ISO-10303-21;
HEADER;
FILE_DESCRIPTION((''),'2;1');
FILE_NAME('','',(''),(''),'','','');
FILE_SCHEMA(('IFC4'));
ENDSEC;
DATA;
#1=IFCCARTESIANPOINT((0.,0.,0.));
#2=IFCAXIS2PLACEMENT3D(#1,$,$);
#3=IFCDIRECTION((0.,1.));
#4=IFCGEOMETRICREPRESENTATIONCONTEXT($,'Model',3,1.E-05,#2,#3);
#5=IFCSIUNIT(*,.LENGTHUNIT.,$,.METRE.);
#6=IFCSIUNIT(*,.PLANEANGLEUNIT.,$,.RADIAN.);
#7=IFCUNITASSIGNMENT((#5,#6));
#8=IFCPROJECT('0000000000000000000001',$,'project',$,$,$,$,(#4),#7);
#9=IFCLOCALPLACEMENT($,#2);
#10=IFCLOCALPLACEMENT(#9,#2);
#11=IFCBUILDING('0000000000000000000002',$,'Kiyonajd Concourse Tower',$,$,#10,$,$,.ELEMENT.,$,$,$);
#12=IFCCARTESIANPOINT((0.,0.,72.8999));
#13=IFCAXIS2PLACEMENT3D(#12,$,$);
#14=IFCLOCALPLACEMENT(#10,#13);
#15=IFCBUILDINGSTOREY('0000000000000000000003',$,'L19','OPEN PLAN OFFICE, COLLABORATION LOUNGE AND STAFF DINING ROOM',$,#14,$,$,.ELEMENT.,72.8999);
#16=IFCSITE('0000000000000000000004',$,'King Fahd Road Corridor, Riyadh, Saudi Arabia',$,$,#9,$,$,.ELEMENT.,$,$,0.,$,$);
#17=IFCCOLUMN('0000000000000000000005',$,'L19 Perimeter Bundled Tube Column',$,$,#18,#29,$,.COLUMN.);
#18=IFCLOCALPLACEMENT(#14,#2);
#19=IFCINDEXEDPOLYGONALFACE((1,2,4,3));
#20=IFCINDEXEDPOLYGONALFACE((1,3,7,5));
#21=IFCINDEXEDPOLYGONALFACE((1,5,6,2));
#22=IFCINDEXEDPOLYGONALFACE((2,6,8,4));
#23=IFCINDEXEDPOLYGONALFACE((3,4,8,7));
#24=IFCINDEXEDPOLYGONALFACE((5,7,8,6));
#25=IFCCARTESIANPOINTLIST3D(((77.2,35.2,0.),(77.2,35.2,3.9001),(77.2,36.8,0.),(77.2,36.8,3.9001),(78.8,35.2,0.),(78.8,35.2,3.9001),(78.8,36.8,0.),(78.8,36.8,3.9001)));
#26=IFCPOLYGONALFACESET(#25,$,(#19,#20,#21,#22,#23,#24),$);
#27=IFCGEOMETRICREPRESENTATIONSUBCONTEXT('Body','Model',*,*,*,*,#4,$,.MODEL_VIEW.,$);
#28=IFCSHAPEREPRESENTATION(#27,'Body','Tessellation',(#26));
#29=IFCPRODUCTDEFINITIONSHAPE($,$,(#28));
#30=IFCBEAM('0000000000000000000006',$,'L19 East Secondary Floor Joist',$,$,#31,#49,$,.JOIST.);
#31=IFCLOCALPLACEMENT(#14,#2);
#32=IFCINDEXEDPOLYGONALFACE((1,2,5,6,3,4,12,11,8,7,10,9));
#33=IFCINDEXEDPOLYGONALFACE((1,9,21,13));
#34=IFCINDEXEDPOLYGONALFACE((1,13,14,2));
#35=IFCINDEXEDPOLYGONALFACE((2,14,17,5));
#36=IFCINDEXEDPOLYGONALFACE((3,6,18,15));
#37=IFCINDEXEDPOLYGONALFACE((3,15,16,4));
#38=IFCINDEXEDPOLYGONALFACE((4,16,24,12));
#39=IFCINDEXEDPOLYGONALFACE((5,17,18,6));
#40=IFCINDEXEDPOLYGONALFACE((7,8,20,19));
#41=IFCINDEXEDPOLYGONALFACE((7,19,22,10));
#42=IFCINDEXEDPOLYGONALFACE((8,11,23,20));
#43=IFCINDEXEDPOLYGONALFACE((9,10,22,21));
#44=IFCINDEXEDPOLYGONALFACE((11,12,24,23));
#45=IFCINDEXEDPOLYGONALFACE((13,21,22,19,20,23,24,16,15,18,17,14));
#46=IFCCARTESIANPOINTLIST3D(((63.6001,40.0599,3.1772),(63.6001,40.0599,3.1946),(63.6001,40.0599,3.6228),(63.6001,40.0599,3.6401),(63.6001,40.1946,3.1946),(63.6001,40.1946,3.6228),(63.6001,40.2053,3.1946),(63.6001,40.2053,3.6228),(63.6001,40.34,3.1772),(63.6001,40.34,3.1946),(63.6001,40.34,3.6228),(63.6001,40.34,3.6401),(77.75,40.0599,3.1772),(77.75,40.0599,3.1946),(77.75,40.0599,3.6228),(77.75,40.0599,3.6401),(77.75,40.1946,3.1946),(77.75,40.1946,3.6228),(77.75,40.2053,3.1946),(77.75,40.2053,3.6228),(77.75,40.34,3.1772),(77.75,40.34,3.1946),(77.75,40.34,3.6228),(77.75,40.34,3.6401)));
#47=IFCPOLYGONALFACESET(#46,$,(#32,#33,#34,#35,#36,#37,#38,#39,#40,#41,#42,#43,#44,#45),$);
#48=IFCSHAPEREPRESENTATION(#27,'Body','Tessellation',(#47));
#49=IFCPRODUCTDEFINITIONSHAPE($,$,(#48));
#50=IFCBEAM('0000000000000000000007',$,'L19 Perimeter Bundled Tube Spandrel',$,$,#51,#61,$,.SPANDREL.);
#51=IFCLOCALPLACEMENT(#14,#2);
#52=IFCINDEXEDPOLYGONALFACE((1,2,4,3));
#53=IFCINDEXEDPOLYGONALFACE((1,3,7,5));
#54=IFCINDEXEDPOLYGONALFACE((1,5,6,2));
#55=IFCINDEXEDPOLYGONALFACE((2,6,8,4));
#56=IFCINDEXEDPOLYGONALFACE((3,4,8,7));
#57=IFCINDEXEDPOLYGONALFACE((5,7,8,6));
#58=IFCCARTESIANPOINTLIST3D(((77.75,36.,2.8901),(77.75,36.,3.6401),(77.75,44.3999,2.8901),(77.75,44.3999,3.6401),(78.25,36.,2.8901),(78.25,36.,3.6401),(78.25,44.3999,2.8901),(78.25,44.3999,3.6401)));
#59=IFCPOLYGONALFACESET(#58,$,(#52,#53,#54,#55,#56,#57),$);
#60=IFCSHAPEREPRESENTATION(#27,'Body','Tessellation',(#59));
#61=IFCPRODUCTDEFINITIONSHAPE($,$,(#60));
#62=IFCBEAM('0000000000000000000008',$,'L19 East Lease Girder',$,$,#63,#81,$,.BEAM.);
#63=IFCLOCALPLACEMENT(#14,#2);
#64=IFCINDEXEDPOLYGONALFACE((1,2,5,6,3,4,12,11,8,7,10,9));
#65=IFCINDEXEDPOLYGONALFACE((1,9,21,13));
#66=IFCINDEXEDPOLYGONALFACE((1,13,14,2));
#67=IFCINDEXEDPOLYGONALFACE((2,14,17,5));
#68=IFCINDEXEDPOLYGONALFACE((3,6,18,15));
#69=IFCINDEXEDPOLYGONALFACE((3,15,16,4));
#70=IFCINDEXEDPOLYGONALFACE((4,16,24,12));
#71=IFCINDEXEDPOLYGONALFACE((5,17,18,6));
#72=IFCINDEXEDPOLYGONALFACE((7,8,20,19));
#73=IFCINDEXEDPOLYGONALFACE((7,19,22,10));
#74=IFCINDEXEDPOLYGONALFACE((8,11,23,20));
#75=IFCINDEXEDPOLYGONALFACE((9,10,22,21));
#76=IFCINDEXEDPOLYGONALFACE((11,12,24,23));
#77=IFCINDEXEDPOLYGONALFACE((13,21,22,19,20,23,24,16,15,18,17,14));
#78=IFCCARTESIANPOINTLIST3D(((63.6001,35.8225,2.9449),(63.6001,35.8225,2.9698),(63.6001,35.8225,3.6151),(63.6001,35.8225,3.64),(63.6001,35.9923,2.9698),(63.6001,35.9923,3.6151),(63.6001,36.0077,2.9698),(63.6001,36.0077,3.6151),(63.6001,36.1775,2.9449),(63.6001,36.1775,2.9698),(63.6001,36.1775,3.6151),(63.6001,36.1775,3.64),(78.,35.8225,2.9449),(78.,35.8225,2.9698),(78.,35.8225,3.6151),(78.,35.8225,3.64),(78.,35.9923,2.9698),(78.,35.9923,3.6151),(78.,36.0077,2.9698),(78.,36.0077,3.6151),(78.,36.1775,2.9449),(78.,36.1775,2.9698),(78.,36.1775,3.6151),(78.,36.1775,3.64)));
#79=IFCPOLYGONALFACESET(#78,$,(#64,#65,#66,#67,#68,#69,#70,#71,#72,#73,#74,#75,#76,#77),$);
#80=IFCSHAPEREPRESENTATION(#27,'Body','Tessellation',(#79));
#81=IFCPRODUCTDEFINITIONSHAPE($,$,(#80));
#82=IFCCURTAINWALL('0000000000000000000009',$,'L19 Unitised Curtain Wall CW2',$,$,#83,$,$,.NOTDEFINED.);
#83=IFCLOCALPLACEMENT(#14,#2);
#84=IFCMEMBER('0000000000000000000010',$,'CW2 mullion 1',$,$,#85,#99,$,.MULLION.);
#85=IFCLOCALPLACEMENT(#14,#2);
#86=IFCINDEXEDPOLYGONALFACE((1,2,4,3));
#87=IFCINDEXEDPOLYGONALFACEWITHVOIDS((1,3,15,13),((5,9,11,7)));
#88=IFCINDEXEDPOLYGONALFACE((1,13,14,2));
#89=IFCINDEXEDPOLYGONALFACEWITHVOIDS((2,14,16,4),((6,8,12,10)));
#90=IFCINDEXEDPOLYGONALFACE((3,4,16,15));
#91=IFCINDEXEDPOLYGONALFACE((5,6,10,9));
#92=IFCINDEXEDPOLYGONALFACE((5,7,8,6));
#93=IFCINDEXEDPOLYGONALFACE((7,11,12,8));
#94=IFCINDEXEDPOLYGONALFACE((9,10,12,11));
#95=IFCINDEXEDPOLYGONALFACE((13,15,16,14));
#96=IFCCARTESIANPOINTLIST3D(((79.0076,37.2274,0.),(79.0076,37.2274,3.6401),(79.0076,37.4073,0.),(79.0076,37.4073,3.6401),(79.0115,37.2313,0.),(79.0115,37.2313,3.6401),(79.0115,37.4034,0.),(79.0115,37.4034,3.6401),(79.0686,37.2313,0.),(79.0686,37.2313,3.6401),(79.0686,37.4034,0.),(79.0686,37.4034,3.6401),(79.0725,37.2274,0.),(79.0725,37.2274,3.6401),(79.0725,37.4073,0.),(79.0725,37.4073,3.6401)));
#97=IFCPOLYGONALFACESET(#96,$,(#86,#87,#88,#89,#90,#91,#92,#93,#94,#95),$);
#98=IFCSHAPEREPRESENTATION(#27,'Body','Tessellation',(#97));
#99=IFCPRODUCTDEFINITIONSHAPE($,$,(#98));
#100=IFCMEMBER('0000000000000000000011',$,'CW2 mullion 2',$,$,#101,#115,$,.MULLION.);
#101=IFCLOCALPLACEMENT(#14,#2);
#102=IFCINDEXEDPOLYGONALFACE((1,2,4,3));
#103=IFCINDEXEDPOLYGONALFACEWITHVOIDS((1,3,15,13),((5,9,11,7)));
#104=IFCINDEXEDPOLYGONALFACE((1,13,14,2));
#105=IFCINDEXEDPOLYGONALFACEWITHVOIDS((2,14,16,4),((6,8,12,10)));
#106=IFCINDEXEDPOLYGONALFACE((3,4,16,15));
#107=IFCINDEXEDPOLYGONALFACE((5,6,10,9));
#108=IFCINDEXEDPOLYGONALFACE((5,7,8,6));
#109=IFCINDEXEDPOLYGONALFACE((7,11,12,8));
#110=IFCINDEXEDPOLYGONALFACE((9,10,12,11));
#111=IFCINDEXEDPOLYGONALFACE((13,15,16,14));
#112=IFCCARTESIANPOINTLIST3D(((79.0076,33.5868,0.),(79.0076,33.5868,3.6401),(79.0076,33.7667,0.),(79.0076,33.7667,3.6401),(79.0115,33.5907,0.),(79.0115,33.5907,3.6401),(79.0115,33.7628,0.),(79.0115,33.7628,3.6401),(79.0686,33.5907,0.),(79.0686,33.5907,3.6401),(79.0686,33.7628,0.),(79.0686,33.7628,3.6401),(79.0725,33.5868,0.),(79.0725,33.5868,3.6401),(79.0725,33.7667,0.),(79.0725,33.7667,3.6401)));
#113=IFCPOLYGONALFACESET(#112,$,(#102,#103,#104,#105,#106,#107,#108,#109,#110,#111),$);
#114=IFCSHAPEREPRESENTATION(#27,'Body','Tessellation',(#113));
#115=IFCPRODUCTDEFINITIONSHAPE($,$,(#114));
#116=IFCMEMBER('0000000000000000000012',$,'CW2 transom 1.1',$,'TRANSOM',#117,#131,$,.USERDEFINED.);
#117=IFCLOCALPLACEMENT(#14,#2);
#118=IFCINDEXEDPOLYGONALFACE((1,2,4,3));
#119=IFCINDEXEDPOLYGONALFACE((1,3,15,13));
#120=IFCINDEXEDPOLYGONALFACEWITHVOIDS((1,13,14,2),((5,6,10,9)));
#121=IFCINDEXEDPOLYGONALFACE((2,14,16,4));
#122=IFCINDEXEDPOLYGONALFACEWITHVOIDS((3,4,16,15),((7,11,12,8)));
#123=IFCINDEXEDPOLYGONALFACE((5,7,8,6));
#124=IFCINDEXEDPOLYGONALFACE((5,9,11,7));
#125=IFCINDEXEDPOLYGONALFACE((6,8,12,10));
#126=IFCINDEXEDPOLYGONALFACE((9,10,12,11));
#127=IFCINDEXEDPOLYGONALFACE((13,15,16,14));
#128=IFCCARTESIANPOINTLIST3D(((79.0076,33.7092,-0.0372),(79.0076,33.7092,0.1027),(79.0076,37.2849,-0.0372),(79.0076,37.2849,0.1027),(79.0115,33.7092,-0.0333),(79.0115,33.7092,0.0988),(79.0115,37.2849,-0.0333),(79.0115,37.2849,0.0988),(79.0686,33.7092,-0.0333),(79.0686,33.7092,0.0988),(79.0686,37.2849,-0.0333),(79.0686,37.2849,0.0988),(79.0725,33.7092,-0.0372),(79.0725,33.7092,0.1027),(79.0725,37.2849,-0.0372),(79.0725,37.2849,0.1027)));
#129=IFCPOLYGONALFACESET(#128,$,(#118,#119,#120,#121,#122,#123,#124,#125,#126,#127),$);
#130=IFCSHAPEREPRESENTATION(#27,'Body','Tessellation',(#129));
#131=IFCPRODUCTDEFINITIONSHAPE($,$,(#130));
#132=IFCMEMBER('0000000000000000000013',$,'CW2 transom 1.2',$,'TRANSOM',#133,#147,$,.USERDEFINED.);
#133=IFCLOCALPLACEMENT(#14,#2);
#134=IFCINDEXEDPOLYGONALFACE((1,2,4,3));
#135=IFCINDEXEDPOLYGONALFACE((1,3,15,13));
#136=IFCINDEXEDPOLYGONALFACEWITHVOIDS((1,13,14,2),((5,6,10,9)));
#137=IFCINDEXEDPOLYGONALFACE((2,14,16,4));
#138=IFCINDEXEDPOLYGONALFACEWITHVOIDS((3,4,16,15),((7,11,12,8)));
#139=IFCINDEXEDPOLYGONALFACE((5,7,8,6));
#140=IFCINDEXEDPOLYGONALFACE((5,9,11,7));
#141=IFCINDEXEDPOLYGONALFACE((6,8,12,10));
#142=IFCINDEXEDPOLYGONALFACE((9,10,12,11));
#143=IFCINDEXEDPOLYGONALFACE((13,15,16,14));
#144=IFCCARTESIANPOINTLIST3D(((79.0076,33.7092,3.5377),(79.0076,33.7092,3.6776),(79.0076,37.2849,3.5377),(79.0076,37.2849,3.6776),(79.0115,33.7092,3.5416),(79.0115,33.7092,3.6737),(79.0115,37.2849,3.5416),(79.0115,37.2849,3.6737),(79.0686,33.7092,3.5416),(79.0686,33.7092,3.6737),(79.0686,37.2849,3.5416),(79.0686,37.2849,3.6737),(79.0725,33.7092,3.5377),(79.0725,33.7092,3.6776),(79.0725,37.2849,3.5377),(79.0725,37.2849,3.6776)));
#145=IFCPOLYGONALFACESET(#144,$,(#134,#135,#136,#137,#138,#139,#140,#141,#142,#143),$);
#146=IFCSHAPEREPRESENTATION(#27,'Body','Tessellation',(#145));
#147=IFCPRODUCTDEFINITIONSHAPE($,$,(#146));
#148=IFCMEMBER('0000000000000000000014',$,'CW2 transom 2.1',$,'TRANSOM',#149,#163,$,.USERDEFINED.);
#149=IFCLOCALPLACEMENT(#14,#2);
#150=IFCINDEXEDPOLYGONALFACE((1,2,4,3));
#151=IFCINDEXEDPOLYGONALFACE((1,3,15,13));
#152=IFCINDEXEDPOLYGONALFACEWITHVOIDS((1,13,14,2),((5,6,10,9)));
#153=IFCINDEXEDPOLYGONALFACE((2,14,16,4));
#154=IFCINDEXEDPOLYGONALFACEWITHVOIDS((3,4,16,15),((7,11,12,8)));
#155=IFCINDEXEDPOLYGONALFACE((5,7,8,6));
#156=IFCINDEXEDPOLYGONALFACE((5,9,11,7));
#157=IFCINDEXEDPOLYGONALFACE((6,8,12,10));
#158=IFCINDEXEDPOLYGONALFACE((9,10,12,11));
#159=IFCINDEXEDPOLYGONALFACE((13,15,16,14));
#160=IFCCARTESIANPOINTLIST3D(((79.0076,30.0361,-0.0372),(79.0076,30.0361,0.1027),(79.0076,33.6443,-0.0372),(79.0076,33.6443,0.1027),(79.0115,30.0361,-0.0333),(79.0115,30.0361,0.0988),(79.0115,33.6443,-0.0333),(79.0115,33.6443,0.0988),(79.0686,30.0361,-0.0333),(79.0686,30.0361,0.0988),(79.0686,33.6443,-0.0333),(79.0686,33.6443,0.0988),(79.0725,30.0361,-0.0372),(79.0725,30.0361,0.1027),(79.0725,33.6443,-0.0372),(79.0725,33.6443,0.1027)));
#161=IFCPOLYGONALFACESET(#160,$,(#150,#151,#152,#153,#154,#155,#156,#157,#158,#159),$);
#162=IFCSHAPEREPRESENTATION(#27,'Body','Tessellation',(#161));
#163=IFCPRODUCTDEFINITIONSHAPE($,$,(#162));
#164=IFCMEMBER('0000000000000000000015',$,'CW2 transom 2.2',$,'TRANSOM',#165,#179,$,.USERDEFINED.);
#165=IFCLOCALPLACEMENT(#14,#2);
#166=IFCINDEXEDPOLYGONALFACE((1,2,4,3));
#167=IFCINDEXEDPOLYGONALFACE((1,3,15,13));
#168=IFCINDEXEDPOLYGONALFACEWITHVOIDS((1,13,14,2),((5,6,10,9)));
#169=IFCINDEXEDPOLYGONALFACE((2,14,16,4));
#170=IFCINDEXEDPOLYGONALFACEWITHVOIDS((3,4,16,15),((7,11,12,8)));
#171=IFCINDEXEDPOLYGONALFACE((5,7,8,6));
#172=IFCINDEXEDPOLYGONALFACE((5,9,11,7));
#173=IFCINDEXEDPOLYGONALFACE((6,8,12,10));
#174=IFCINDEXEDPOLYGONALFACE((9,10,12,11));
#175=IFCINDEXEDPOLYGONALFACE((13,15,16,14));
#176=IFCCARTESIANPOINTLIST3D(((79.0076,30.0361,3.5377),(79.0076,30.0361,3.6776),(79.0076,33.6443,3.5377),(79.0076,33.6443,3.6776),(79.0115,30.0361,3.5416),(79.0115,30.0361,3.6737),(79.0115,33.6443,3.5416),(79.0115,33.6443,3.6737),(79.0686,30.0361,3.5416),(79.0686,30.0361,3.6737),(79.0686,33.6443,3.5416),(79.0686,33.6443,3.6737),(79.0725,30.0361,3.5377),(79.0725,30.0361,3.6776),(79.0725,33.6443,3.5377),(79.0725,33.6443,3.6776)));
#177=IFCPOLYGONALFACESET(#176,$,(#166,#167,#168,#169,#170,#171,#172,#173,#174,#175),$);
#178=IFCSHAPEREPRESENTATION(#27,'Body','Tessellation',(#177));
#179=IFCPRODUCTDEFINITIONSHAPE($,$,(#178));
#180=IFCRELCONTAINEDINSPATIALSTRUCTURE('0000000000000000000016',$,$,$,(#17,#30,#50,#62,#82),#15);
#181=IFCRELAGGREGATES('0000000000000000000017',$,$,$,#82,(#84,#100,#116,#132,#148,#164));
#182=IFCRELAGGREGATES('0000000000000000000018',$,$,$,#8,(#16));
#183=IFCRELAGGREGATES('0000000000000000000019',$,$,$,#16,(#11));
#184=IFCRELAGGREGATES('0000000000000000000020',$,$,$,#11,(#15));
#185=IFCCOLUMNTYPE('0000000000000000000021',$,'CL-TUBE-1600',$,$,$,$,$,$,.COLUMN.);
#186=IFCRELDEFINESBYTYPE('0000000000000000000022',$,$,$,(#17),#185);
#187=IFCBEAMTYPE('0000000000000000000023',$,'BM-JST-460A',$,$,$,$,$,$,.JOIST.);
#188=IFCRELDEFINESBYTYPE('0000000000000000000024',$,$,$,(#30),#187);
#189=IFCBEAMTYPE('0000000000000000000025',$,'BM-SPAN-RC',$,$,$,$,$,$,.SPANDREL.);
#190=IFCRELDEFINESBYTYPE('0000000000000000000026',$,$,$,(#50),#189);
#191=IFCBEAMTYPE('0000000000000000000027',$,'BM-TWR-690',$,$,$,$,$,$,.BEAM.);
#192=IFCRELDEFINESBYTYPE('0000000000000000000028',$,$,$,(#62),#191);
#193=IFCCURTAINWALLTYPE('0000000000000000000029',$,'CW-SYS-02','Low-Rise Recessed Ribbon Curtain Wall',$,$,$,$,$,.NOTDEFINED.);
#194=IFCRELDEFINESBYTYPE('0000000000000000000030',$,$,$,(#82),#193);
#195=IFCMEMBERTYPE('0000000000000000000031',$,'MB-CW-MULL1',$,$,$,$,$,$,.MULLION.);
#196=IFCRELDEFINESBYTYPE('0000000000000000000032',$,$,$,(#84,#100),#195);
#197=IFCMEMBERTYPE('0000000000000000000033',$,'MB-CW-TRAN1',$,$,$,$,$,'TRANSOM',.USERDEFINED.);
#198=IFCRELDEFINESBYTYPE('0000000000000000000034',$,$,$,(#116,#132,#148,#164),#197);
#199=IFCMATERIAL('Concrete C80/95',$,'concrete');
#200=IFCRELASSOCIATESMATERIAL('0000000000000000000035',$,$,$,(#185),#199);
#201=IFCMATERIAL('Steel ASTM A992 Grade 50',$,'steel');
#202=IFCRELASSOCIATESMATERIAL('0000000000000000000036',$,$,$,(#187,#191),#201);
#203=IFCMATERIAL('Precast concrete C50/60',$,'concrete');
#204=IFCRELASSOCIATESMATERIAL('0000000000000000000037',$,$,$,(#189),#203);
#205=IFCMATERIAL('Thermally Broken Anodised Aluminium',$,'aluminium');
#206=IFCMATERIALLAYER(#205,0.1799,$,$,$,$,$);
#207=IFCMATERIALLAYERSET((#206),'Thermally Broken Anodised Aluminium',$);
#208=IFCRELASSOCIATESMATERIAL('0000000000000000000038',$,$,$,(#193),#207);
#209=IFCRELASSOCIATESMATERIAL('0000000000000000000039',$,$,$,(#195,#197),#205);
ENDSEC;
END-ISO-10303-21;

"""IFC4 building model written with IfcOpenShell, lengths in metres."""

from ifc_helpers import new_model, si_unit, direction, frame, origin, origin_2d, place, context, subcontext, project, spatial, rectangle, hollow_rectangle, i_section, extrude, material, layer, layer_set, material_profile, profile_set, type_object, element, aggregate, save


model = new_model("IFC4")

# Units and contexts
model_context = context("Model", 3, precision=1e-05, world=origin(), true_north=direction((0.0, 1.0)))
body_context = subcontext(model_context, "Body", "Model", "MODEL_VIEW")
ifc_project = project(units=[si_unit("LENGTHUNIT", "METRE"), si_unit("PLANEANGLEUNIT", "RADIAN")], contexts=[model_context])

# Site, building, storey
site_placement = place(None, origin())
site = spatial("IfcSite", under=ifc_project, at=site_placement, Name="King Fahd Road Corridor, Riyadh, Saudi Arabia", CompositionType="ELEMENT", RefElevation=0.0)
building_placement = place(site_placement, origin())
building = spatial("IfcBuilding", under=site, at=building_placement, Name="Kiyonajd Concourse Tower", CompositionType="ELEMENT")
storey_placement = place(building_placement, frame((0.0, 0.0, 72.8999)))
storey = spatial("IfcBuildingStorey", under=building, at=storey_placement, Name="L19", Description="OPEN PLAN OFFICE, COLLABORATION LOUNGE AND STAFF DINING ROOM", CompositionType="ELEMENT", Elevation=72.8999)

# Column
ifc_material_1 = material(Name="Concrete C80/95", Category="concrete")
ifc_material_profile_1 = material_profile(ifc_material_1, rectangle(XDim=1.6001, YDim=1.6001, at=origin_2d()), Name="RC-1600x1600")
ifc_profile_set_1 = profile_set([ifc_material_profile_1], Name="Concrete C80/95")
column_type = type_object("IfcColumnType", Name="CL-TUBE-1600", PredefinedType="COLUMN", material=ifc_profile_set_1)
column_placement = place(storey_placement, frame((78.0, 36.0, 0.0), z_axis=(0.0, 0.0, 1.0), x_axis=(1.0, 0.0, 0.0)))
element("IfcColumn", 1, at=column_placement, inside=storey, type_object=column_type, Name="L19 Perimeter Bundled Tube Column", PredefinedType="COLUMN", context=body_context, shape_type="SweptSolid", body=[
    extrude(rectangle(XDim=1.6001, YDim=1.6001, at=origin_2d()), origin(), (0.0, 0.0, 1.0), 3.9001),
])

# Beams
ifc_material_2 = material(Name="Steel ASTM A992 Grade 50", Category="steel")
ifc_material_profile_2 = material_profile(ifc_material_2, i_section(OverallWidth=0.28, OverallDepth=0.4629, WebThickness=0.0107, FlangeThickness=0.0173, at=origin_2d()), Name="W460X113")
ifc_profile_set_2 = profile_set([ifc_material_profile_2], Name="Steel ASTM A992 Grade 50")
beam_type_1 = type_object("IfcBeamType", Name="BM-JST-460A", PredefinedType="JOIST", material=ifc_profile_set_2)
beam_1_placement = place(storey_placement, frame((63.6001, 40.2, 3.4087), z_axis=(1.0, 0.0, 0.0), x_axis=(0.0, 1.0, 0.0)))
element("IfcBeam", 2, at=beam_1_placement, inside=storey, type_object=beam_type_1, Name="L19 East Secondary Floor Joist", PredefinedType="JOIST", context=body_context, shape_type="SweptSolid", body=[
    extrude(i_section(OverallWidth=0.28, OverallDepth=0.4629, WebThickness=0.0107, FlangeThickness=0.0173, at=origin_2d()), origin(), (0.0, 0.0, 1.0), 14.1499),
])
ifc_material_3 = material(Name="Precast concrete C50/60", Category="concrete")
ifc_material_profile_3 = material_profile(ifc_material_3, rectangle(XDim=0.5, YDim=0.75, at=origin_2d()), Name="RCBM-500x750")
ifc_profile_set_3 = profile_set([ifc_material_profile_3], Name="Precast concrete C50/60")
beam_type_2 = type_object("IfcBeamType", Name="BM-SPAN-RC", PredefinedType="SPANDREL", material=ifc_profile_set_3)
beam_2_placement = place(storey_placement, frame((78.0, 36.0, 3.2651), z_axis=(0.0, 1.0, 0.0), x_axis=(-1.0, 0.0, 0.0)))
element("IfcBeam", 3, at=beam_2_placement, inside=storey, type_object=beam_type_2, Name="L19 Perimeter Bundled Tube Spandrel", PredefinedType="SPANDREL", context=body_context, shape_type="SweptSolid", body=[
    extrude(rectangle(XDim=0.5, YDim=0.75, at=origin_2d()), origin(), (0.0, 0.0, 1.0), 8.3999),
])
ifc_material_profile_4 = material_profile(ifc_material_2, i_section(OverallWidth=0.355, OverallDepth=0.6951, WebThickness=0.0154, FlangeThickness=0.0249, at=origin_2d()), Name="W690X217")
ifc_profile_set_4 = profile_set([ifc_material_profile_4], Name="Steel ASTM A992 Grade 50")
beam_type_3 = type_object("IfcBeamType", Name="BM-TWR-690", PredefinedType="BEAM", material=ifc_profile_set_4)
beam_3_placement = place(storey_placement, frame((63.6001, 36.0, 3.2925), z_axis=(1.0, 0.0, 0.0), x_axis=(0.0, 1.0, 0.0)))
element("IfcBeam", 4, at=beam_3_placement, inside=storey, type_object=beam_type_3, Name="L19 East Lease Girder", PredefinedType="BEAM", context=body_context, shape_type="SweptSolid", body=[
    extrude(i_section(OverallWidth=0.355, OverallDepth=0.6951, WebThickness=0.0154, FlangeThickness=0.0249, at=origin_2d()), origin(), (0.0, 0.0, 1.0), 14.3999),
])

# Curtain wall, members
ifc_material_4 = material(Name="Thermally Broken Anodised Aluminium", Category="aluminium")
ifc_layer_1 = layer(ifc_material_4, 0.1799)
ifc_layer_set_1 = layer_set([ifc_layer_1], Name="Thermally Broken Anodised Aluminium")
curtain_wall_type = type_object("IfcCurtainWallType", Name="CW-SYS-02", Description="Low-Rise Recessed Ribbon Curtain Wall", PredefinedType="NOTDEFINED", material=ifc_layer_set_1)
curtain_wall_placement = place(storey_placement, origin())
curtain_wall = element("IfcCurtainWall", 5, at=curtain_wall_placement, inside=storey, type_object=curtain_wall_type, Name="L19 Unitised Curtain Wall CW2", PredefinedType="NOTDEFINED")
ifc_material_profile_5 = material_profile(ifc_material_4, hollow_rectangle(XDim=0.0649, YDim=0.1799, WallThickness=0.0039, at=origin_2d()), Name="MULL-65x180")
ifc_profile_set_5 = profile_set([ifc_material_profile_5], Name="Thermally Broken Anodised Aluminium")
member_type_1 = type_object("IfcMemberType", Name="MB-CW-MULL1", PredefinedType="MULLION", material=ifc_profile_set_5)
member_1_placement = place(storey_placement, frame((79.04, 37.3174, 0.0), z_axis=(0.0, 0.0, 1.0), x_axis=(1.0, 0.0, 0.0)))
member_1 = element("IfcMember", 6, at=member_1_placement, type_object=member_type_1, Name="CW2 mullion 1", PredefinedType="MULLION", context=body_context, shape_type="SweptSolid", body=[
    extrude(hollow_rectangle(XDim=0.0649, YDim=0.1799, WallThickness=0.0039, at=origin_2d()), origin(), (0.0, 0.0, 1.0), 3.6401),
])
member_2_placement = place(storey_placement, frame((79.04, 33.6768, 0.0), z_axis=(0.0, 0.0, 1.0), x_axis=(1.0, 0.0, 0.0)))
member_2 = element("IfcMember", 7, at=member_2_placement, type_object=member_type_1, Name="CW2 mullion 2", PredefinedType="MULLION", context=body_context, shape_type="SweptSolid", body=[
    extrude(hollow_rectangle(XDim=0.0649, YDim=0.1799, WallThickness=0.0039, at=origin_2d()), origin(), (0.0, 0.0, 1.0), 3.6401),
])
ifc_material_profile_6 = material_profile(ifc_material_4, hollow_rectangle(XDim=0.0649, YDim=0.1399, WallThickness=0.0039, at=origin_2d()), Name="TRAN-65x140")
ifc_profile_set_6 = profile_set([ifc_material_profile_6], Name="Thermally Broken Anodised Aluminium")
member_type_2 = type_object("IfcMemberType", Name="MB-CW-TRAN1", ElementType="TRANSOM", PredefinedType="USERDEFINED", material=ifc_profile_set_6)
member_3_placement = place(storey_placement, frame((79.04, 37.2849, 0.0327), z_axis=(0.0, -1.0, 0.0), x_axis=(1.0, 0.0, 0.0)))
member_3 = element("IfcMember", 8, at=member_3_placement, type_object=member_type_2, Name="CW2 transom 1.1", ObjectType="TRANSOM", PredefinedType="USERDEFINED", context=body_context, shape_type="SweptSolid", body=[
    extrude(hollow_rectangle(XDim=0.0649, YDim=0.1399, WallThickness=0.0039, at=origin_2d()), origin(), (0.0, 0.0, 1.0), 3.5757),
])
member_4_placement = place(storey_placement, frame((79.04, 37.2849, 3.6077), z_axis=(0.0, -1.0, 0.0), x_axis=(1.0, 0.0, 0.0)))
member_4 = element("IfcMember", 9, at=member_4_placement, type_object=member_type_2, Name="CW2 transom 1.2", ObjectType="TRANSOM", PredefinedType="USERDEFINED", context=body_context, shape_type="SweptSolid", body=[
    extrude(hollow_rectangle(XDim=0.0649, YDim=0.1399, WallThickness=0.0039, at=origin_2d()), origin(), (0.0, 0.0, 1.0), 3.5757),
])
member_5_placement = place(storey_placement, frame((79.04, 33.6443, 0.0327), z_axis=(0.0, -1.0, 0.0), x_axis=(1.0, 0.0, 0.0)))
member_5 = element("IfcMember", 10, at=member_5_placement, type_object=member_type_2, Name="CW2 transom 2.1", ObjectType="TRANSOM", PredefinedType="USERDEFINED", context=body_context, shape_type="SweptSolid", body=[
    extrude(hollow_rectangle(XDim=0.0649, YDim=0.1399, WallThickness=0.0039, at=origin_2d()), origin(), (0.0, 0.0, 1.0), 3.6082),
])
member_6_placement = place(storey_placement, frame((79.04, 33.6443, 3.6077), z_axis=(0.0, -1.0, 0.0), x_axis=(1.0, 0.0, 0.0)))
member_6 = element("IfcMember", 11, at=member_6_placement, type_object=member_type_2, Name="CW2 transom 2.2", ObjectType="TRANSOM", PredefinedType="USERDEFINED", context=body_context, shape_type="SweptSolid", body=[
    extrude(hollow_rectangle(XDim=0.0649, YDim=0.1399, WallThickness=0.0039, at=origin_2d()), origin(), (0.0, 0.0, 1.0), 3.6082),
])
aggregate(curtain_wall, [member_1, member_2, member_3, member_4, member_5, member_6])

save(model, "model.ifc")
